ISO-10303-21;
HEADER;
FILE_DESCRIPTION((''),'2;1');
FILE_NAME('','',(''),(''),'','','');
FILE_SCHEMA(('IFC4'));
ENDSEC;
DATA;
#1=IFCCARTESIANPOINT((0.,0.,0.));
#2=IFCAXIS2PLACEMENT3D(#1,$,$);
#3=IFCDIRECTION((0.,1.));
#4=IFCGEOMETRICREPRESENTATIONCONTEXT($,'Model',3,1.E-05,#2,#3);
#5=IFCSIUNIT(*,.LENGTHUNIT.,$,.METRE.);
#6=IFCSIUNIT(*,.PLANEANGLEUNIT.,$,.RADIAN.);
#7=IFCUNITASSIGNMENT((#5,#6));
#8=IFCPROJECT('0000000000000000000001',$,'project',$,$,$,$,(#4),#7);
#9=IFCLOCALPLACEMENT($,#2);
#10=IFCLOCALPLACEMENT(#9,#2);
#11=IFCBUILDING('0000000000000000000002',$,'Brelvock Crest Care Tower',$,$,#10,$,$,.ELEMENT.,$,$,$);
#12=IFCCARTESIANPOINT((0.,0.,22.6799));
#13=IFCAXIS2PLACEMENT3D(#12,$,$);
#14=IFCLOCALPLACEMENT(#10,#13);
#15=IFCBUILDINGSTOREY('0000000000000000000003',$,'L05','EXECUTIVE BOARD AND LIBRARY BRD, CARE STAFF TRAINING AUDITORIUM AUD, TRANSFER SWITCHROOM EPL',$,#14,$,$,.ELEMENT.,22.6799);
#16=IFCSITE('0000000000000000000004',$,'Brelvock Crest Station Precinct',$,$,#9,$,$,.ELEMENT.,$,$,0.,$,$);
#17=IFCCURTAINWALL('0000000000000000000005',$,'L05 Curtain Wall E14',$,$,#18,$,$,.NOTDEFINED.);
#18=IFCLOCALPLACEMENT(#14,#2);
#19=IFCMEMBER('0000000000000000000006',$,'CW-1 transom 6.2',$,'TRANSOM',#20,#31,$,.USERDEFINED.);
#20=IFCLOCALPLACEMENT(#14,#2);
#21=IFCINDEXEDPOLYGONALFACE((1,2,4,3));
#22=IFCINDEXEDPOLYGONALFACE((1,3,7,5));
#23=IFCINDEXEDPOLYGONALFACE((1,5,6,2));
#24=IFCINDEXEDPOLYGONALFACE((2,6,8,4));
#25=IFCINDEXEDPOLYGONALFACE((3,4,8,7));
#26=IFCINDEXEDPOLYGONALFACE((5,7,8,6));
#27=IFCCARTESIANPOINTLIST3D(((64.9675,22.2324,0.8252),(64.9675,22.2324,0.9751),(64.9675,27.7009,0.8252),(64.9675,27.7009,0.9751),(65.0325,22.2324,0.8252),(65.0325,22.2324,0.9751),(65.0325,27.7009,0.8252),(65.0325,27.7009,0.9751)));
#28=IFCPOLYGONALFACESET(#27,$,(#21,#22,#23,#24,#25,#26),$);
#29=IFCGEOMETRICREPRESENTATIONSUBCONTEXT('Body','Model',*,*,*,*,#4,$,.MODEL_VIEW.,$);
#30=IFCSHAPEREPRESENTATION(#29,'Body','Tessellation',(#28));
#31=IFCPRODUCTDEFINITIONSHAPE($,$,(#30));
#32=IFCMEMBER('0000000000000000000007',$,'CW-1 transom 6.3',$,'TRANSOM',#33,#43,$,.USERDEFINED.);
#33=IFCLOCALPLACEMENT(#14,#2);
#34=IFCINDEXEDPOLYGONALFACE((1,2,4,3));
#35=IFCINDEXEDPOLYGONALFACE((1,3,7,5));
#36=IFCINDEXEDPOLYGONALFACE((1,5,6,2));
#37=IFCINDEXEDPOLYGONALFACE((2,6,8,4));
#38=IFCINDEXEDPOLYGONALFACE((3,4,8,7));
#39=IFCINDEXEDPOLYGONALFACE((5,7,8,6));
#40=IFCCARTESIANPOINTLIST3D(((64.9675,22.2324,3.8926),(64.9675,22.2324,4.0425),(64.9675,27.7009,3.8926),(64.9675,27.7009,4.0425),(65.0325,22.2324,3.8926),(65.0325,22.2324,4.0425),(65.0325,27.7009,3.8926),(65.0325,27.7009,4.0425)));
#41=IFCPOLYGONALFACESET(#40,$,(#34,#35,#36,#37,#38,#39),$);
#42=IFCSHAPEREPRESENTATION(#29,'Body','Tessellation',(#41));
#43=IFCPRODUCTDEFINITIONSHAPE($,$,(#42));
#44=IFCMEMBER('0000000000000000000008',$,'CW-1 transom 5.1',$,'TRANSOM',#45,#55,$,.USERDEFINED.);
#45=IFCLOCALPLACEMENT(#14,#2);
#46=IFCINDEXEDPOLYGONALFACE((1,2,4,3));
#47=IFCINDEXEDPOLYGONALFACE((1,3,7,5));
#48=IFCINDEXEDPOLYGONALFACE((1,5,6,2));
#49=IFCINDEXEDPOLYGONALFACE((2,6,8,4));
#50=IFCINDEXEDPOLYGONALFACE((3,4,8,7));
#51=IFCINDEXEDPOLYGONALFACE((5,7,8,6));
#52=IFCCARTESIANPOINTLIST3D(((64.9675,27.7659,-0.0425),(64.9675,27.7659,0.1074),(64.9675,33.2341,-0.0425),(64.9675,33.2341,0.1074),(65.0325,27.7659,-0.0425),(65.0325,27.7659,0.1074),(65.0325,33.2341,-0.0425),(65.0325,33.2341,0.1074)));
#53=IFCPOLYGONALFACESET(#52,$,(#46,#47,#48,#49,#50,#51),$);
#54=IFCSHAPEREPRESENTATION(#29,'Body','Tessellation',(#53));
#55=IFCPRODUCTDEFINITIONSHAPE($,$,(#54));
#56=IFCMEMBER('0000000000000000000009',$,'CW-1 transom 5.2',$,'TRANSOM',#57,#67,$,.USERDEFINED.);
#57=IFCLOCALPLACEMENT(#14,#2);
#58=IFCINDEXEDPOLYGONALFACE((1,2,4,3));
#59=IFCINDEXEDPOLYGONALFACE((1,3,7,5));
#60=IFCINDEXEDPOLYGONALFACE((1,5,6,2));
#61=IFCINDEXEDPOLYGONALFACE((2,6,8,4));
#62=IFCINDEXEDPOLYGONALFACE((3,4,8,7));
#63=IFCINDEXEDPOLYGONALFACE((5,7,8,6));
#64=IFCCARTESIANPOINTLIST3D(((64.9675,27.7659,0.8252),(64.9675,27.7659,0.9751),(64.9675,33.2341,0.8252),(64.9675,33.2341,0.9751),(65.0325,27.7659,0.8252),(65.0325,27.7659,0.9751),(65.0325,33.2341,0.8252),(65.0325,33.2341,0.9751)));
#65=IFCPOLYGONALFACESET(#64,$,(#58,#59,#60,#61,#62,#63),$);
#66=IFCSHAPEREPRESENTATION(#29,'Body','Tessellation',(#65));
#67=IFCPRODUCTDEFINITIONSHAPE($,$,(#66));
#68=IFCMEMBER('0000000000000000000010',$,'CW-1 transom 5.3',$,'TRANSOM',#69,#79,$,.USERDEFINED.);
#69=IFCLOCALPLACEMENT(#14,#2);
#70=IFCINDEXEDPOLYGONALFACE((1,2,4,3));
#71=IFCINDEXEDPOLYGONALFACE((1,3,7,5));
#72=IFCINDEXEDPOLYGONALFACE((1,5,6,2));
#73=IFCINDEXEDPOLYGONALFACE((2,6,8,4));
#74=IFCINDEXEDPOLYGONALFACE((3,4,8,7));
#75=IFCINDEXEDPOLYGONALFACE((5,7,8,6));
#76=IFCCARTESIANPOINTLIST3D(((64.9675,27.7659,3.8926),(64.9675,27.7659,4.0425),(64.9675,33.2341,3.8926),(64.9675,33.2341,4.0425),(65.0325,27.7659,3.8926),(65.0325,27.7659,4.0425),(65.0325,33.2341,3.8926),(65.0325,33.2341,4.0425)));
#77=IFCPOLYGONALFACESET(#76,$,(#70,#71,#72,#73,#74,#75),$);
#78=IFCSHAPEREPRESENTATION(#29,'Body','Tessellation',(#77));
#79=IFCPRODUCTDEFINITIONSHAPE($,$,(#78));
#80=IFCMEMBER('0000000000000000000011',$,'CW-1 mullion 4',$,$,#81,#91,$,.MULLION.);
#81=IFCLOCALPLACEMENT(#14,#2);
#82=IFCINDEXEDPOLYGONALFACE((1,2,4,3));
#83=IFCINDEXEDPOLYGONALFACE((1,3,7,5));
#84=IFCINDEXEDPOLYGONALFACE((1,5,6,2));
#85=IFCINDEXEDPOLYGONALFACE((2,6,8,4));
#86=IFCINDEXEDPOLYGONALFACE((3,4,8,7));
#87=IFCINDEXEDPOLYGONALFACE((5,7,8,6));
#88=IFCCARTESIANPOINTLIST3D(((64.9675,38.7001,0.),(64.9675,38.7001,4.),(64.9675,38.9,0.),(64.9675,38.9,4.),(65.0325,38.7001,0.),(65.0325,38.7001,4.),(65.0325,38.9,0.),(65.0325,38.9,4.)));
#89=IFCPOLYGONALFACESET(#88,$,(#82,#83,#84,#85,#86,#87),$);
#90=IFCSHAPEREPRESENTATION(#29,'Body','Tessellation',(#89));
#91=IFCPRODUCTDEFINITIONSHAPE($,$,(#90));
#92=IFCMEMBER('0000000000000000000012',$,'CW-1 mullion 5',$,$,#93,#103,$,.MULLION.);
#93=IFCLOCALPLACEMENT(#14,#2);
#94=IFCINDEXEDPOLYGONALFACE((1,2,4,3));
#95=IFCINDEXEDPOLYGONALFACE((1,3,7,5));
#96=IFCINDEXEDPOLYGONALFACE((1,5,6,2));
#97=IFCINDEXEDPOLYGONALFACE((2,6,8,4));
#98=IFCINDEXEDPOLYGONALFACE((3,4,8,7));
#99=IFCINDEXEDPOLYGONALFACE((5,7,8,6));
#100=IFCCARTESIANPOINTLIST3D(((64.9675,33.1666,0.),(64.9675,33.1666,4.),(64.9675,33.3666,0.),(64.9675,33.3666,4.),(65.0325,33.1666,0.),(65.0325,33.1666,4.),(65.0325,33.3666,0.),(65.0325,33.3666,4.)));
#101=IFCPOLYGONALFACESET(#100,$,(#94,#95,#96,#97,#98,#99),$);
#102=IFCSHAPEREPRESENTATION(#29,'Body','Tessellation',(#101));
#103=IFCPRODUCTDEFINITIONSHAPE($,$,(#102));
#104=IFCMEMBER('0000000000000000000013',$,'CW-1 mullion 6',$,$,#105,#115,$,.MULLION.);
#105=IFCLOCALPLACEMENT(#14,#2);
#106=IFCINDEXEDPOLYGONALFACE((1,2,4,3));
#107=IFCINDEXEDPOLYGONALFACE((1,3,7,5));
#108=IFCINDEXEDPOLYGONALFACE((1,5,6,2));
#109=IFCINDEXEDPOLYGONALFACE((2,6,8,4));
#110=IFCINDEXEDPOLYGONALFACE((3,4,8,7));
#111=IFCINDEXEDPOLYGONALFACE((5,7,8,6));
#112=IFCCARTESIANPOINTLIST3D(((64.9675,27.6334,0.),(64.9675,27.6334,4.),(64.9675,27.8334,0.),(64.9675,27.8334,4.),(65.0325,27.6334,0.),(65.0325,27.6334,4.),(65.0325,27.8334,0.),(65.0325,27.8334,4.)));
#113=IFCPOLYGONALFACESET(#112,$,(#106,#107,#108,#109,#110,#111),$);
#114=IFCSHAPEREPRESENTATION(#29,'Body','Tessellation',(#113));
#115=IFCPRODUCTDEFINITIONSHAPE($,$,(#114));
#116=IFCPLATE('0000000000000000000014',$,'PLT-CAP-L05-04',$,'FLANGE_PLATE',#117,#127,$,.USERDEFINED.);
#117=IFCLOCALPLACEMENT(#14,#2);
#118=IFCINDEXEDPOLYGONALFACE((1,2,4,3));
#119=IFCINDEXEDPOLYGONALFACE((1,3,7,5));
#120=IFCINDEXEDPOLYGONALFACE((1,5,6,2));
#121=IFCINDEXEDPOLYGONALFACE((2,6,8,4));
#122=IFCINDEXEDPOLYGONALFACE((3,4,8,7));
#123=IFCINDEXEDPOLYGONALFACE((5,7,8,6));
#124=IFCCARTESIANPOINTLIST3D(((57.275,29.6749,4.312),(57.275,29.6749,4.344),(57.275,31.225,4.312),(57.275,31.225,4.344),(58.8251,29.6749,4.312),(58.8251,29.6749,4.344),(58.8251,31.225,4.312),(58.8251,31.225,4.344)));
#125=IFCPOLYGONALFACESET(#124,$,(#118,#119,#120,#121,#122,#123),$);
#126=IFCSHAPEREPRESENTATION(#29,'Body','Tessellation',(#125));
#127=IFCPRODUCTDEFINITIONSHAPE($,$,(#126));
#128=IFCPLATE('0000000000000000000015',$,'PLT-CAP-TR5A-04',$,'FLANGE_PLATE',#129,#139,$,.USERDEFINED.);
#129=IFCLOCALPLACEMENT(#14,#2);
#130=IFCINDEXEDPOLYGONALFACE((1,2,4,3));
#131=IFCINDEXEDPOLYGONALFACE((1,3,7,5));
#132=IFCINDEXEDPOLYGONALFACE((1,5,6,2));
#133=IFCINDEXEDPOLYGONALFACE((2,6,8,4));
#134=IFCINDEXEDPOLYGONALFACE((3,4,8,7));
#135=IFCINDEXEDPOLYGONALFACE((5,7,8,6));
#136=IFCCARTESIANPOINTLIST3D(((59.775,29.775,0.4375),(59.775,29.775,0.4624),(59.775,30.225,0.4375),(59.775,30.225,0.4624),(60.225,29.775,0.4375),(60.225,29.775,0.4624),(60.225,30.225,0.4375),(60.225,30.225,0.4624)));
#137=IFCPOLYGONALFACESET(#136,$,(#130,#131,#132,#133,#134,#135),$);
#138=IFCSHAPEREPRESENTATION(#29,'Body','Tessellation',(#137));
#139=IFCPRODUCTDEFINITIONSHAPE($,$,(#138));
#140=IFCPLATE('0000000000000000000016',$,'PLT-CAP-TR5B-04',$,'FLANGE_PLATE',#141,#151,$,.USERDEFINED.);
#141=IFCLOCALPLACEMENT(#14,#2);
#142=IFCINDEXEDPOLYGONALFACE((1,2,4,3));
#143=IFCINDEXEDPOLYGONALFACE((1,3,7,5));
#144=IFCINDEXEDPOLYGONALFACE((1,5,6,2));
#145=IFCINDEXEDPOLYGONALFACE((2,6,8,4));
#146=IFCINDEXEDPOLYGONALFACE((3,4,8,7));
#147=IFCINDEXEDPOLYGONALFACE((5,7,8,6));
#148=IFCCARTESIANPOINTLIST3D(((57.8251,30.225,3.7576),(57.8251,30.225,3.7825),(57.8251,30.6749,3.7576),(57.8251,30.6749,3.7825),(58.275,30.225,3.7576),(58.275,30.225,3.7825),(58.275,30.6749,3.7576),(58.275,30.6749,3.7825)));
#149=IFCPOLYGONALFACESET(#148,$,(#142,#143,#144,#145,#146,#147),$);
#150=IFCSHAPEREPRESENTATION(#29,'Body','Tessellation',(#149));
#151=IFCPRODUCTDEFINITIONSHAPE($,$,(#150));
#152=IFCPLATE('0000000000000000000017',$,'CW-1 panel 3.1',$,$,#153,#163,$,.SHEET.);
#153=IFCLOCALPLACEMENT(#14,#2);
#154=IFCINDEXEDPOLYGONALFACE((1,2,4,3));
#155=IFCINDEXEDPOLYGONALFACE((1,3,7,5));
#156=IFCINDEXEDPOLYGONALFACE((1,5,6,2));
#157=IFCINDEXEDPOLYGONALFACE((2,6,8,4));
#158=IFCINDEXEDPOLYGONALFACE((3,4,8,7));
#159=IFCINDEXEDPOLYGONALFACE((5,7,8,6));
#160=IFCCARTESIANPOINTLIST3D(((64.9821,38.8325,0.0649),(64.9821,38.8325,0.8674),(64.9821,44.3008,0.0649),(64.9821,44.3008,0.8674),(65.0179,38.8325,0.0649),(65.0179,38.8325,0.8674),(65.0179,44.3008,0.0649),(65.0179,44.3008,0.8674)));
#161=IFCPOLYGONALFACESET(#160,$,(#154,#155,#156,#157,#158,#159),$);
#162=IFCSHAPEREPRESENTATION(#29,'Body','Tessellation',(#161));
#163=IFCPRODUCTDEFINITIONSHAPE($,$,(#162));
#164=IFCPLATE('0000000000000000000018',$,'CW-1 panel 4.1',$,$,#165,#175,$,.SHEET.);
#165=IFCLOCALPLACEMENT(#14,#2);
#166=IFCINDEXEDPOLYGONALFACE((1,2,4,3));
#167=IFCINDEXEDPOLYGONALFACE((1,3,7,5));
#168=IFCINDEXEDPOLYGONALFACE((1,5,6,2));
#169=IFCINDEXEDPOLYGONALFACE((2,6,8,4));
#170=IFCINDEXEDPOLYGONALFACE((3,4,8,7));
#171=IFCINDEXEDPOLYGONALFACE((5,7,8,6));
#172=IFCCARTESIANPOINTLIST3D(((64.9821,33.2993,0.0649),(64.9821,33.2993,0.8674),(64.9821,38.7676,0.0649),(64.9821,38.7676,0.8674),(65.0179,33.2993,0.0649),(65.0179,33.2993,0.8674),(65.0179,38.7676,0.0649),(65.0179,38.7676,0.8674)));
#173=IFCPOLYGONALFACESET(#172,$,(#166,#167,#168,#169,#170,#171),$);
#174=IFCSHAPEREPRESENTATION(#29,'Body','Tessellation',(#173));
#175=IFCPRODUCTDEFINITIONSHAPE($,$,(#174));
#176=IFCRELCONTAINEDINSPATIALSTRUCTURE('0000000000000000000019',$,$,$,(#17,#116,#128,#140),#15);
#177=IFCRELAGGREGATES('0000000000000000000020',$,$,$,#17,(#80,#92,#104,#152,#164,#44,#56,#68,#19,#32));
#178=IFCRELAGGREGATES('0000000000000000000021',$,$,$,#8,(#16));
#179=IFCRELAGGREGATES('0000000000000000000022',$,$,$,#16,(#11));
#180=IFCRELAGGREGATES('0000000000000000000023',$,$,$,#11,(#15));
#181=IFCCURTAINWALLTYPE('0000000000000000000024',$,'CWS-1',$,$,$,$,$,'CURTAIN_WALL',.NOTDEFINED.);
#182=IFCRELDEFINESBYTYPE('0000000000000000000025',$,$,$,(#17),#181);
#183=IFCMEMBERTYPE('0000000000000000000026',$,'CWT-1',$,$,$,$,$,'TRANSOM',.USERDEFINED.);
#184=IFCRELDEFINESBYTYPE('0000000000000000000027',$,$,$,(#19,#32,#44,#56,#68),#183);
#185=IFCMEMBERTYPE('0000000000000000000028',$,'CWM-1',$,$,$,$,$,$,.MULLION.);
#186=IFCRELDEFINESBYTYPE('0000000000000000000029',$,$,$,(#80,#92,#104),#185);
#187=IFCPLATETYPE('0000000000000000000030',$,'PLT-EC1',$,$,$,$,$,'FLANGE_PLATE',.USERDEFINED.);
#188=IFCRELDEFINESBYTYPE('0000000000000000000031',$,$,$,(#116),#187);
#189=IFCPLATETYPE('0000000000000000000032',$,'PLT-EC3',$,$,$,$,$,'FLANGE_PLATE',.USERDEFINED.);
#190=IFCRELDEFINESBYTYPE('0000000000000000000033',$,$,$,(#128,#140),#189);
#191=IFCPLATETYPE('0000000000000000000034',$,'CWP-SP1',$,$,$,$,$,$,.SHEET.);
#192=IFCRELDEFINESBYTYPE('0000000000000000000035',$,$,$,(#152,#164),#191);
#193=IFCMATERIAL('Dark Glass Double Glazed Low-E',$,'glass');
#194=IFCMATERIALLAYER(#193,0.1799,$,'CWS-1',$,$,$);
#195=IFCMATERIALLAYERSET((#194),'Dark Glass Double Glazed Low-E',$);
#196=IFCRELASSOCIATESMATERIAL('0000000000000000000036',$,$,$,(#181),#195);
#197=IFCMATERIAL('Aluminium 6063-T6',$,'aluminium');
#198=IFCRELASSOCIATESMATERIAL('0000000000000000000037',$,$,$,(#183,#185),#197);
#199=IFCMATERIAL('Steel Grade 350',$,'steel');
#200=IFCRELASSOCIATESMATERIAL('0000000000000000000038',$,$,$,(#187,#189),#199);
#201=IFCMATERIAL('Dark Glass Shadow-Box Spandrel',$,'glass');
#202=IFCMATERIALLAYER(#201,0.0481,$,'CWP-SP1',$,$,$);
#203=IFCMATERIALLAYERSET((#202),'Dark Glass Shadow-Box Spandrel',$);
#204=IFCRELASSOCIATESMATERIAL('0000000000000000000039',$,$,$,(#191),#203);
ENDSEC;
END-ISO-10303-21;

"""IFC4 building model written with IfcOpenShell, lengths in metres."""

from ifc_helpers import new_model, si_unit, direction, frame, origin, origin_2d, place, context, subcontext, project, spatial, rectangle, extrude, source, transform, mapped, material, layer, layer_set, material_profile, profile_set, type_object, element, aggregate, save


model = new_model("IFC4")

# Units and contexts
model_context = context("Model", 3, precision=1e-05, world=origin(), true_north=direction((0.0, 1.0)))
body_context = subcontext(model_context, "Body", "Model", "MODEL_VIEW")
ifc_project = project(units=[si_unit("LENGTHUNIT", "METRE"), si_unit("PLANEANGLEUNIT", "RADIAN")], contexts=[model_context])

# Site, building, storey
site_placement = place(None, origin())
site = spatial("IfcSite", under=ifc_project, at=site_placement, Name="Brelvock Crest Station Precinct", CompositionType="ELEMENT", RefElevation=0.0)
building_placement = place(site_placement, origin())
building = spatial("IfcBuilding", under=site, at=building_placement, Name="Brelvock Crest Care Tower", CompositionType="ELEMENT")
storey_placement = place(building_placement, frame((0.0, 0.0, 22.6799)))
storey = spatial("IfcBuildingStorey", under=building, at=storey_placement, Name="L05", Description="EXECUTIVE BOARD AND LIBRARY BRD, CARE STAFF TRAINING AUDITORIUM AUD, TRANSFER SWITCHROOM EPL", CompositionType="ELEMENT", Elevation=22.6799)

# Shared definitions
ifc_material_1 = material(Name="Steel Grade 350", Category="steel")

# Curtain wall, members
ifc_material_2 = material(Name="Dark Glass Double Glazed Low-E", Category="glass")
ifc_layer_1 = layer(ifc_material_2, 0.1799, Name="CWS-1")
ifc_layer_set_1 = layer_set([ifc_layer_1], Name="Dark Glass Double Glazed Low-E")
curtain_wall_type = type_object("IfcCurtainWallType", Name="CWS-1", ElementType="CURTAIN_WALL", PredefinedType="NOTDEFINED", material=ifc_layer_set_1)
curtain_wall_placement = place(storey_placement, origin())
curtain_wall = element("IfcCurtainWall", 1, at=curtain_wall_placement, inside=storey, type_object=curtain_wall_type, Name="L05 Curtain Wall E14", PredefinedType="NOTDEFINED")
ifc_material_3 = material(Name="Aluminium 6063-T6", Category="aluminium")
ifc_material_profile_1 = material_profile(ifc_material_3, rectangle(XDim=0.0649, YDim=0.1499, at=origin_2d()), Name="ALU65x150")
ifc_profile_set_1 = profile_set([ifc_material_profile_1], Name="Aluminium 6063-T6")
member_type_1 = type_object("IfcMemberType", Name="CWT-1", ElementType="TRANSOM", PredefinedType="USERDEFINED", material=ifc_profile_set_1)
shared_shape_1 = source(origin(), body_context, "Body", "SweptSolid", [
    extrude(rectangle(XDim=0.0649, YDim=0.1499, at=origin_2d()), origin(), (0.0, 0.0, 1.0), 5.4685),
])
member_1_placement = place(storey_placement, frame((65.0, 27.7009, 0.9001), z_axis=(0.0, -1.0, 0.0), x_axis=(1.0, 0.0, 0.0)))
member_1 = element("IfcMember", 2, at=member_1_placement, type_object=member_type_1, Name="CW-1 transom 6.2", ObjectType="TRANSOM", PredefinedType="USERDEFINED", context=body_context, shape_type="MappedRepresentation", body=[
    mapped(shared_shape_1, transform((0.0, 0.0, 0.0), x_axis=(1.0, 0.0, 0.0), y_axis=(0.0, 1.0, 0.0), z_axis=(0.0, 0.0, 1.0), scale=1.0)),
])
member_2_placement = place(storey_placement, frame((65.0, 27.7009, 3.9675), z_axis=(0.0, -1.0, 0.0), x_axis=(1.0, 0.0, 0.0)))
member_2 = element("IfcMember", 3, at=member_2_placement, type_object=member_type_1, Name="CW-1 transom 6.3", ObjectType="TRANSOM", PredefinedType="USERDEFINED", context=body_context, shape_type="MappedRepresentation", body=[
    mapped(shared_shape_1, transform((0.0, 0.0, 0.0), x_axis=(1.0, 0.0, 0.0), y_axis=(0.0, 1.0, 0.0), z_axis=(0.0, 0.0, 1.0), scale=1.0)),
])
shared_shape_2 = source(origin(), body_context, "Body", "SweptSolid", [
    extrude(rectangle(XDim=0.0649, YDim=0.1499, at=origin_2d()), origin(), (0.0, 0.0, 1.0), 5.4683),
])
member_3_placement = place(storey_placement, frame((65.0, 33.2341, 0.0325), z_axis=(0.0, -1.0, 0.0), x_axis=(1.0, 0.0, 0.0)))
member_3 = element("IfcMember", 4, at=member_3_placement, type_object=member_type_1, Name="CW-1 transom 5.1", ObjectType="TRANSOM", PredefinedType="USERDEFINED", context=body_context, shape_type="MappedRepresentation", body=[
    mapped(shared_shape_2, transform((0.0, 0.0, 0.0), x_axis=(1.0, 0.0, 0.0), y_axis=(0.0, 1.0, 0.0), z_axis=(0.0, 0.0, 1.0), scale=1.0)),
])
member_4_placement = place(storey_placement, frame((65.0, 33.2341, 0.9001), z_axis=(0.0, -1.0, 0.0), x_axis=(1.0, 0.0, 0.0)))
member_4 = element("IfcMember", 5, at=member_4_placement, type_object=member_type_1, Name="CW-1 transom 5.2", ObjectType="TRANSOM", PredefinedType="USERDEFINED", context=body_context, shape_type="MappedRepresentation", body=[
    mapped(shared_shape_2, transform((0.0, 0.0, 0.0), x_axis=(1.0, 0.0, 0.0), y_axis=(0.0, 1.0, 0.0), z_axis=(0.0, 0.0, 1.0), scale=1.0)),
])
member_5_placement = place(storey_placement, frame((65.0, 33.2341, 3.9675), z_axis=(0.0, -1.0, 0.0), x_axis=(1.0, 0.0, 0.0)))
member_5 = element("IfcMember", 6, at=member_5_placement, type_object=member_type_1, Name="CW-1 transom 5.3", ObjectType="TRANSOM", PredefinedType="USERDEFINED", context=body_context, shape_type="MappedRepresentation", body=[
    mapped(shared_shape_2, transform((0.0, 0.0, 0.0), x_axis=(1.0, 0.0, 0.0), y_axis=(0.0, 1.0, 0.0), z_axis=(0.0, 0.0, 1.0), scale=1.0)),
])
ifc_material_profile_2 = material_profile(ifc_material_3, rectangle(XDim=0.0649, YDim=0.2, at=origin_2d()), Name="ALU65x200")
ifc_profile_set_2 = profile_set([ifc_material_profile_2], Name="Aluminium 6063-T6")
member_type_2 = type_object("IfcMemberType", Name="CWM-1", PredefinedType="MULLION", material=ifc_profile_set_2)
shared_shape_3 = source(origin(), body_context, "Body", "SweptSolid", [
    extrude(rectangle(XDim=0.0649, YDim=0.2, at=origin_2d()), origin(), (0.0, 0.0, 1.0), 4.0),
])
member_6_placement = place(storey_placement, frame((65.0, 38.8, 0.0), z_axis=(0.0, 0.0, 1.0), x_axis=(1.0, 0.0, 0.0)))
member_6 = element("IfcMember", 7, at=member_6_placement, type_object=member_type_2, Name="CW-1 mullion 4", PredefinedType="MULLION", context=body_context, shape_type="MappedRepresentation", body=[
    mapped(shared_shape_3, transform((0.0, 0.0, 0.0), x_axis=(1.0, 0.0, 0.0), y_axis=(0.0, 1.0, 0.0), z_axis=(0.0, 0.0, 1.0), scale=1.0)),
])
member_7_placement = place(storey_placement, frame((65.0, 33.2666, 0.0), z_axis=(0.0, 0.0, 1.0), x_axis=(1.0, 0.0, 0.0)))
member_7 = element("IfcMember", 8, at=member_7_placement, type_object=member_type_2, Name="CW-1 mullion 5", PredefinedType="MULLION", context=body_context, shape_type="MappedRepresentation", body=[
    mapped(shared_shape_3, transform((0.0, 0.0, 0.0), x_axis=(1.0, 0.0, 0.0), y_axis=(0.0, 1.0, 0.0), z_axis=(0.0, 0.0, 1.0), scale=1.0)),
])
member_8_placement = place(storey_placement, frame((65.0, 27.7334, 0.0), z_axis=(0.0, 0.0, 1.0), x_axis=(1.0, 0.0, 0.0)))
member_8 = element("IfcMember", 9, at=member_8_placement, type_object=member_type_2, Name="CW-1 mullion 6", PredefinedType="MULLION", context=body_context, shape_type="MappedRepresentation", body=[
    mapped(shared_shape_3, transform((0.0, 0.0, 0.0), x_axis=(1.0, 0.0, 0.0), y_axis=(0.0, 1.0, 0.0), z_axis=(0.0, 0.0, 1.0), scale=1.0)),
])

# Plates
plate_type_1 = type_object("IfcPlateType", Name="PLT-EC1", ElementType="FLANGE_PLATE", PredefinedType="USERDEFINED", material=ifc_material_1)
shared_shape_4 = source(origin(), body_context, "Body", "SweptSolid", [
    extrude(rectangle(XDim=1.55, YDim=1.55, at=origin_2d()), origin(), (0.0, 0.0, 1.0), 0.032),
])
plate_1_placement = place(storey_placement, frame((58.05, 30.45, 4.312), z_axis=(0.0, 0.0, 1.0), x_axis=(1.0, 0.0, 0.0)))
element("IfcPlate", 10, at=plate_1_placement, inside=storey, type_object=plate_type_1, Name="PLT-CAP-L05-04", ObjectType="FLANGE_PLATE", PredefinedType="USERDEFINED", context=body_context, shape_type="MappedRepresentation", body=[
    mapped(shared_shape_4, transform((0.0, 0.0, 0.0), x_axis=(1.0, 0.0, 0.0), y_axis=(0.0, 1.0, 0.0), z_axis=(0.0, 0.0, 1.0), scale=1.0)),
])
plate_type_2 = type_object("IfcPlateType", Name="PLT-EC3", ElementType="FLANGE_PLATE", PredefinedType="USERDEFINED", material=ifc_material_1)
shared_shape_5 = source(origin(), body_context, "Body", "SweptSolid", [
    extrude(rectangle(XDim=0.45, YDim=0.45, at=origin_2d()), origin(), (0.0, 0.0, 1.0), 0.0249),
])
for number, where, z_axis, x_axis, name in (
    (11, (60.0, 30.0, 0.4375), (0.0, 0.0, 1.0), (1.0, 0.0, 0.0), "PLT-CAP-TR5A-04"),
    (12, (58.05, 30.45, 3.7576), (0.0, 0.0, 1.0), (1.0, 0.0, 0.0), "PLT-CAP-TR5B-04"),
):
    element("IfcPlate", number, at=place(storey_placement, frame(where, z_axis=z_axis, x_axis=x_axis)), inside=storey, type_object=plate_type_2, Name=name, ObjectType="FLANGE_PLATE", PredefinedType="USERDEFINED", context=body_context, shape_type="MappedRepresentation", body=[
        mapped(shared_shape_5, transform((0.0, 0.0, 0.0), x_axis=(1.0, 0.0, 0.0), y_axis=(0.0, 1.0, 0.0), z_axis=(0.0, 0.0, 1.0), scale=1.0)),
    ])

# Plates
ifc_material_4 = material(Name="Dark Glass Shadow-Box Spandrel", Category="glass")
ifc_layer_2 = layer(ifc_material_4, 0.0481, Name="CWP-SP1")
ifc_layer_set_2 = layer_set([ifc_layer_2], Name="Dark Glass Shadow-Box Spandrel")
plate_type_3 = type_object("IfcPlateType", Name="CWP-SP1", PredefinedType="SHEET", material=ifc_layer_set_2)
shared_shape_6 = source(origin(), body_context, "Body", "SweptSolid", [
    extrude(rectangle(XDim=5.4683, YDim=0.0359, at=origin_2d()), origin(), (0.0, 0.0, 1.0), 0.8025),
])
plate_2_placement = place(storey_placement, frame((65.0, 41.5667, 0.0649), z_axis=(0.0, 0.0, 1.0), x_axis=(0.0, -1.0, 0.0)))
plate_2 = element("IfcPlate", 13, at=plate_2_placement, type_object=plate_type_3, Name="CW-1 panel 3.1", PredefinedType="SHEET", context=body_context, shape_type="MappedRepresentation", body=[
    mapped(shared_shape_6, transform((0.0, 0.0, 0.0), x_axis=(1.0, 0.0, 0.0), y_axis=(0.0, 1.0, 0.0), z_axis=(0.0, 0.0, 1.0), scale=1.0)),
])
plate_3_placement = place(storey_placement, frame((65.0, 36.0334, 0.0649), z_axis=(0.0, 0.0, 1.0), x_axis=(0.0, -1.0, 0.0)))
plate_3 = element("IfcPlate", 14, at=plate_3_placement, type_object=plate_type_3, Name="CW-1 panel 4.1", PredefinedType="SHEET", context=body_context, shape_type="MappedRepresentation", body=[
    mapped(shared_shape_6, transform((0.0, 0.0, 0.0), x_axis=(1.0, 0.0, 0.0), y_axis=(0.0, 1.0, 0.0), z_axis=(0.0, 0.0, 1.0), scale=1.0)),
])
aggregate(curtain_wall, [member_6, member_7, member_8, plate_2, plate_3, member_3, member_4, member_5, member_1, member_2])

save(model, "model.ifc")
